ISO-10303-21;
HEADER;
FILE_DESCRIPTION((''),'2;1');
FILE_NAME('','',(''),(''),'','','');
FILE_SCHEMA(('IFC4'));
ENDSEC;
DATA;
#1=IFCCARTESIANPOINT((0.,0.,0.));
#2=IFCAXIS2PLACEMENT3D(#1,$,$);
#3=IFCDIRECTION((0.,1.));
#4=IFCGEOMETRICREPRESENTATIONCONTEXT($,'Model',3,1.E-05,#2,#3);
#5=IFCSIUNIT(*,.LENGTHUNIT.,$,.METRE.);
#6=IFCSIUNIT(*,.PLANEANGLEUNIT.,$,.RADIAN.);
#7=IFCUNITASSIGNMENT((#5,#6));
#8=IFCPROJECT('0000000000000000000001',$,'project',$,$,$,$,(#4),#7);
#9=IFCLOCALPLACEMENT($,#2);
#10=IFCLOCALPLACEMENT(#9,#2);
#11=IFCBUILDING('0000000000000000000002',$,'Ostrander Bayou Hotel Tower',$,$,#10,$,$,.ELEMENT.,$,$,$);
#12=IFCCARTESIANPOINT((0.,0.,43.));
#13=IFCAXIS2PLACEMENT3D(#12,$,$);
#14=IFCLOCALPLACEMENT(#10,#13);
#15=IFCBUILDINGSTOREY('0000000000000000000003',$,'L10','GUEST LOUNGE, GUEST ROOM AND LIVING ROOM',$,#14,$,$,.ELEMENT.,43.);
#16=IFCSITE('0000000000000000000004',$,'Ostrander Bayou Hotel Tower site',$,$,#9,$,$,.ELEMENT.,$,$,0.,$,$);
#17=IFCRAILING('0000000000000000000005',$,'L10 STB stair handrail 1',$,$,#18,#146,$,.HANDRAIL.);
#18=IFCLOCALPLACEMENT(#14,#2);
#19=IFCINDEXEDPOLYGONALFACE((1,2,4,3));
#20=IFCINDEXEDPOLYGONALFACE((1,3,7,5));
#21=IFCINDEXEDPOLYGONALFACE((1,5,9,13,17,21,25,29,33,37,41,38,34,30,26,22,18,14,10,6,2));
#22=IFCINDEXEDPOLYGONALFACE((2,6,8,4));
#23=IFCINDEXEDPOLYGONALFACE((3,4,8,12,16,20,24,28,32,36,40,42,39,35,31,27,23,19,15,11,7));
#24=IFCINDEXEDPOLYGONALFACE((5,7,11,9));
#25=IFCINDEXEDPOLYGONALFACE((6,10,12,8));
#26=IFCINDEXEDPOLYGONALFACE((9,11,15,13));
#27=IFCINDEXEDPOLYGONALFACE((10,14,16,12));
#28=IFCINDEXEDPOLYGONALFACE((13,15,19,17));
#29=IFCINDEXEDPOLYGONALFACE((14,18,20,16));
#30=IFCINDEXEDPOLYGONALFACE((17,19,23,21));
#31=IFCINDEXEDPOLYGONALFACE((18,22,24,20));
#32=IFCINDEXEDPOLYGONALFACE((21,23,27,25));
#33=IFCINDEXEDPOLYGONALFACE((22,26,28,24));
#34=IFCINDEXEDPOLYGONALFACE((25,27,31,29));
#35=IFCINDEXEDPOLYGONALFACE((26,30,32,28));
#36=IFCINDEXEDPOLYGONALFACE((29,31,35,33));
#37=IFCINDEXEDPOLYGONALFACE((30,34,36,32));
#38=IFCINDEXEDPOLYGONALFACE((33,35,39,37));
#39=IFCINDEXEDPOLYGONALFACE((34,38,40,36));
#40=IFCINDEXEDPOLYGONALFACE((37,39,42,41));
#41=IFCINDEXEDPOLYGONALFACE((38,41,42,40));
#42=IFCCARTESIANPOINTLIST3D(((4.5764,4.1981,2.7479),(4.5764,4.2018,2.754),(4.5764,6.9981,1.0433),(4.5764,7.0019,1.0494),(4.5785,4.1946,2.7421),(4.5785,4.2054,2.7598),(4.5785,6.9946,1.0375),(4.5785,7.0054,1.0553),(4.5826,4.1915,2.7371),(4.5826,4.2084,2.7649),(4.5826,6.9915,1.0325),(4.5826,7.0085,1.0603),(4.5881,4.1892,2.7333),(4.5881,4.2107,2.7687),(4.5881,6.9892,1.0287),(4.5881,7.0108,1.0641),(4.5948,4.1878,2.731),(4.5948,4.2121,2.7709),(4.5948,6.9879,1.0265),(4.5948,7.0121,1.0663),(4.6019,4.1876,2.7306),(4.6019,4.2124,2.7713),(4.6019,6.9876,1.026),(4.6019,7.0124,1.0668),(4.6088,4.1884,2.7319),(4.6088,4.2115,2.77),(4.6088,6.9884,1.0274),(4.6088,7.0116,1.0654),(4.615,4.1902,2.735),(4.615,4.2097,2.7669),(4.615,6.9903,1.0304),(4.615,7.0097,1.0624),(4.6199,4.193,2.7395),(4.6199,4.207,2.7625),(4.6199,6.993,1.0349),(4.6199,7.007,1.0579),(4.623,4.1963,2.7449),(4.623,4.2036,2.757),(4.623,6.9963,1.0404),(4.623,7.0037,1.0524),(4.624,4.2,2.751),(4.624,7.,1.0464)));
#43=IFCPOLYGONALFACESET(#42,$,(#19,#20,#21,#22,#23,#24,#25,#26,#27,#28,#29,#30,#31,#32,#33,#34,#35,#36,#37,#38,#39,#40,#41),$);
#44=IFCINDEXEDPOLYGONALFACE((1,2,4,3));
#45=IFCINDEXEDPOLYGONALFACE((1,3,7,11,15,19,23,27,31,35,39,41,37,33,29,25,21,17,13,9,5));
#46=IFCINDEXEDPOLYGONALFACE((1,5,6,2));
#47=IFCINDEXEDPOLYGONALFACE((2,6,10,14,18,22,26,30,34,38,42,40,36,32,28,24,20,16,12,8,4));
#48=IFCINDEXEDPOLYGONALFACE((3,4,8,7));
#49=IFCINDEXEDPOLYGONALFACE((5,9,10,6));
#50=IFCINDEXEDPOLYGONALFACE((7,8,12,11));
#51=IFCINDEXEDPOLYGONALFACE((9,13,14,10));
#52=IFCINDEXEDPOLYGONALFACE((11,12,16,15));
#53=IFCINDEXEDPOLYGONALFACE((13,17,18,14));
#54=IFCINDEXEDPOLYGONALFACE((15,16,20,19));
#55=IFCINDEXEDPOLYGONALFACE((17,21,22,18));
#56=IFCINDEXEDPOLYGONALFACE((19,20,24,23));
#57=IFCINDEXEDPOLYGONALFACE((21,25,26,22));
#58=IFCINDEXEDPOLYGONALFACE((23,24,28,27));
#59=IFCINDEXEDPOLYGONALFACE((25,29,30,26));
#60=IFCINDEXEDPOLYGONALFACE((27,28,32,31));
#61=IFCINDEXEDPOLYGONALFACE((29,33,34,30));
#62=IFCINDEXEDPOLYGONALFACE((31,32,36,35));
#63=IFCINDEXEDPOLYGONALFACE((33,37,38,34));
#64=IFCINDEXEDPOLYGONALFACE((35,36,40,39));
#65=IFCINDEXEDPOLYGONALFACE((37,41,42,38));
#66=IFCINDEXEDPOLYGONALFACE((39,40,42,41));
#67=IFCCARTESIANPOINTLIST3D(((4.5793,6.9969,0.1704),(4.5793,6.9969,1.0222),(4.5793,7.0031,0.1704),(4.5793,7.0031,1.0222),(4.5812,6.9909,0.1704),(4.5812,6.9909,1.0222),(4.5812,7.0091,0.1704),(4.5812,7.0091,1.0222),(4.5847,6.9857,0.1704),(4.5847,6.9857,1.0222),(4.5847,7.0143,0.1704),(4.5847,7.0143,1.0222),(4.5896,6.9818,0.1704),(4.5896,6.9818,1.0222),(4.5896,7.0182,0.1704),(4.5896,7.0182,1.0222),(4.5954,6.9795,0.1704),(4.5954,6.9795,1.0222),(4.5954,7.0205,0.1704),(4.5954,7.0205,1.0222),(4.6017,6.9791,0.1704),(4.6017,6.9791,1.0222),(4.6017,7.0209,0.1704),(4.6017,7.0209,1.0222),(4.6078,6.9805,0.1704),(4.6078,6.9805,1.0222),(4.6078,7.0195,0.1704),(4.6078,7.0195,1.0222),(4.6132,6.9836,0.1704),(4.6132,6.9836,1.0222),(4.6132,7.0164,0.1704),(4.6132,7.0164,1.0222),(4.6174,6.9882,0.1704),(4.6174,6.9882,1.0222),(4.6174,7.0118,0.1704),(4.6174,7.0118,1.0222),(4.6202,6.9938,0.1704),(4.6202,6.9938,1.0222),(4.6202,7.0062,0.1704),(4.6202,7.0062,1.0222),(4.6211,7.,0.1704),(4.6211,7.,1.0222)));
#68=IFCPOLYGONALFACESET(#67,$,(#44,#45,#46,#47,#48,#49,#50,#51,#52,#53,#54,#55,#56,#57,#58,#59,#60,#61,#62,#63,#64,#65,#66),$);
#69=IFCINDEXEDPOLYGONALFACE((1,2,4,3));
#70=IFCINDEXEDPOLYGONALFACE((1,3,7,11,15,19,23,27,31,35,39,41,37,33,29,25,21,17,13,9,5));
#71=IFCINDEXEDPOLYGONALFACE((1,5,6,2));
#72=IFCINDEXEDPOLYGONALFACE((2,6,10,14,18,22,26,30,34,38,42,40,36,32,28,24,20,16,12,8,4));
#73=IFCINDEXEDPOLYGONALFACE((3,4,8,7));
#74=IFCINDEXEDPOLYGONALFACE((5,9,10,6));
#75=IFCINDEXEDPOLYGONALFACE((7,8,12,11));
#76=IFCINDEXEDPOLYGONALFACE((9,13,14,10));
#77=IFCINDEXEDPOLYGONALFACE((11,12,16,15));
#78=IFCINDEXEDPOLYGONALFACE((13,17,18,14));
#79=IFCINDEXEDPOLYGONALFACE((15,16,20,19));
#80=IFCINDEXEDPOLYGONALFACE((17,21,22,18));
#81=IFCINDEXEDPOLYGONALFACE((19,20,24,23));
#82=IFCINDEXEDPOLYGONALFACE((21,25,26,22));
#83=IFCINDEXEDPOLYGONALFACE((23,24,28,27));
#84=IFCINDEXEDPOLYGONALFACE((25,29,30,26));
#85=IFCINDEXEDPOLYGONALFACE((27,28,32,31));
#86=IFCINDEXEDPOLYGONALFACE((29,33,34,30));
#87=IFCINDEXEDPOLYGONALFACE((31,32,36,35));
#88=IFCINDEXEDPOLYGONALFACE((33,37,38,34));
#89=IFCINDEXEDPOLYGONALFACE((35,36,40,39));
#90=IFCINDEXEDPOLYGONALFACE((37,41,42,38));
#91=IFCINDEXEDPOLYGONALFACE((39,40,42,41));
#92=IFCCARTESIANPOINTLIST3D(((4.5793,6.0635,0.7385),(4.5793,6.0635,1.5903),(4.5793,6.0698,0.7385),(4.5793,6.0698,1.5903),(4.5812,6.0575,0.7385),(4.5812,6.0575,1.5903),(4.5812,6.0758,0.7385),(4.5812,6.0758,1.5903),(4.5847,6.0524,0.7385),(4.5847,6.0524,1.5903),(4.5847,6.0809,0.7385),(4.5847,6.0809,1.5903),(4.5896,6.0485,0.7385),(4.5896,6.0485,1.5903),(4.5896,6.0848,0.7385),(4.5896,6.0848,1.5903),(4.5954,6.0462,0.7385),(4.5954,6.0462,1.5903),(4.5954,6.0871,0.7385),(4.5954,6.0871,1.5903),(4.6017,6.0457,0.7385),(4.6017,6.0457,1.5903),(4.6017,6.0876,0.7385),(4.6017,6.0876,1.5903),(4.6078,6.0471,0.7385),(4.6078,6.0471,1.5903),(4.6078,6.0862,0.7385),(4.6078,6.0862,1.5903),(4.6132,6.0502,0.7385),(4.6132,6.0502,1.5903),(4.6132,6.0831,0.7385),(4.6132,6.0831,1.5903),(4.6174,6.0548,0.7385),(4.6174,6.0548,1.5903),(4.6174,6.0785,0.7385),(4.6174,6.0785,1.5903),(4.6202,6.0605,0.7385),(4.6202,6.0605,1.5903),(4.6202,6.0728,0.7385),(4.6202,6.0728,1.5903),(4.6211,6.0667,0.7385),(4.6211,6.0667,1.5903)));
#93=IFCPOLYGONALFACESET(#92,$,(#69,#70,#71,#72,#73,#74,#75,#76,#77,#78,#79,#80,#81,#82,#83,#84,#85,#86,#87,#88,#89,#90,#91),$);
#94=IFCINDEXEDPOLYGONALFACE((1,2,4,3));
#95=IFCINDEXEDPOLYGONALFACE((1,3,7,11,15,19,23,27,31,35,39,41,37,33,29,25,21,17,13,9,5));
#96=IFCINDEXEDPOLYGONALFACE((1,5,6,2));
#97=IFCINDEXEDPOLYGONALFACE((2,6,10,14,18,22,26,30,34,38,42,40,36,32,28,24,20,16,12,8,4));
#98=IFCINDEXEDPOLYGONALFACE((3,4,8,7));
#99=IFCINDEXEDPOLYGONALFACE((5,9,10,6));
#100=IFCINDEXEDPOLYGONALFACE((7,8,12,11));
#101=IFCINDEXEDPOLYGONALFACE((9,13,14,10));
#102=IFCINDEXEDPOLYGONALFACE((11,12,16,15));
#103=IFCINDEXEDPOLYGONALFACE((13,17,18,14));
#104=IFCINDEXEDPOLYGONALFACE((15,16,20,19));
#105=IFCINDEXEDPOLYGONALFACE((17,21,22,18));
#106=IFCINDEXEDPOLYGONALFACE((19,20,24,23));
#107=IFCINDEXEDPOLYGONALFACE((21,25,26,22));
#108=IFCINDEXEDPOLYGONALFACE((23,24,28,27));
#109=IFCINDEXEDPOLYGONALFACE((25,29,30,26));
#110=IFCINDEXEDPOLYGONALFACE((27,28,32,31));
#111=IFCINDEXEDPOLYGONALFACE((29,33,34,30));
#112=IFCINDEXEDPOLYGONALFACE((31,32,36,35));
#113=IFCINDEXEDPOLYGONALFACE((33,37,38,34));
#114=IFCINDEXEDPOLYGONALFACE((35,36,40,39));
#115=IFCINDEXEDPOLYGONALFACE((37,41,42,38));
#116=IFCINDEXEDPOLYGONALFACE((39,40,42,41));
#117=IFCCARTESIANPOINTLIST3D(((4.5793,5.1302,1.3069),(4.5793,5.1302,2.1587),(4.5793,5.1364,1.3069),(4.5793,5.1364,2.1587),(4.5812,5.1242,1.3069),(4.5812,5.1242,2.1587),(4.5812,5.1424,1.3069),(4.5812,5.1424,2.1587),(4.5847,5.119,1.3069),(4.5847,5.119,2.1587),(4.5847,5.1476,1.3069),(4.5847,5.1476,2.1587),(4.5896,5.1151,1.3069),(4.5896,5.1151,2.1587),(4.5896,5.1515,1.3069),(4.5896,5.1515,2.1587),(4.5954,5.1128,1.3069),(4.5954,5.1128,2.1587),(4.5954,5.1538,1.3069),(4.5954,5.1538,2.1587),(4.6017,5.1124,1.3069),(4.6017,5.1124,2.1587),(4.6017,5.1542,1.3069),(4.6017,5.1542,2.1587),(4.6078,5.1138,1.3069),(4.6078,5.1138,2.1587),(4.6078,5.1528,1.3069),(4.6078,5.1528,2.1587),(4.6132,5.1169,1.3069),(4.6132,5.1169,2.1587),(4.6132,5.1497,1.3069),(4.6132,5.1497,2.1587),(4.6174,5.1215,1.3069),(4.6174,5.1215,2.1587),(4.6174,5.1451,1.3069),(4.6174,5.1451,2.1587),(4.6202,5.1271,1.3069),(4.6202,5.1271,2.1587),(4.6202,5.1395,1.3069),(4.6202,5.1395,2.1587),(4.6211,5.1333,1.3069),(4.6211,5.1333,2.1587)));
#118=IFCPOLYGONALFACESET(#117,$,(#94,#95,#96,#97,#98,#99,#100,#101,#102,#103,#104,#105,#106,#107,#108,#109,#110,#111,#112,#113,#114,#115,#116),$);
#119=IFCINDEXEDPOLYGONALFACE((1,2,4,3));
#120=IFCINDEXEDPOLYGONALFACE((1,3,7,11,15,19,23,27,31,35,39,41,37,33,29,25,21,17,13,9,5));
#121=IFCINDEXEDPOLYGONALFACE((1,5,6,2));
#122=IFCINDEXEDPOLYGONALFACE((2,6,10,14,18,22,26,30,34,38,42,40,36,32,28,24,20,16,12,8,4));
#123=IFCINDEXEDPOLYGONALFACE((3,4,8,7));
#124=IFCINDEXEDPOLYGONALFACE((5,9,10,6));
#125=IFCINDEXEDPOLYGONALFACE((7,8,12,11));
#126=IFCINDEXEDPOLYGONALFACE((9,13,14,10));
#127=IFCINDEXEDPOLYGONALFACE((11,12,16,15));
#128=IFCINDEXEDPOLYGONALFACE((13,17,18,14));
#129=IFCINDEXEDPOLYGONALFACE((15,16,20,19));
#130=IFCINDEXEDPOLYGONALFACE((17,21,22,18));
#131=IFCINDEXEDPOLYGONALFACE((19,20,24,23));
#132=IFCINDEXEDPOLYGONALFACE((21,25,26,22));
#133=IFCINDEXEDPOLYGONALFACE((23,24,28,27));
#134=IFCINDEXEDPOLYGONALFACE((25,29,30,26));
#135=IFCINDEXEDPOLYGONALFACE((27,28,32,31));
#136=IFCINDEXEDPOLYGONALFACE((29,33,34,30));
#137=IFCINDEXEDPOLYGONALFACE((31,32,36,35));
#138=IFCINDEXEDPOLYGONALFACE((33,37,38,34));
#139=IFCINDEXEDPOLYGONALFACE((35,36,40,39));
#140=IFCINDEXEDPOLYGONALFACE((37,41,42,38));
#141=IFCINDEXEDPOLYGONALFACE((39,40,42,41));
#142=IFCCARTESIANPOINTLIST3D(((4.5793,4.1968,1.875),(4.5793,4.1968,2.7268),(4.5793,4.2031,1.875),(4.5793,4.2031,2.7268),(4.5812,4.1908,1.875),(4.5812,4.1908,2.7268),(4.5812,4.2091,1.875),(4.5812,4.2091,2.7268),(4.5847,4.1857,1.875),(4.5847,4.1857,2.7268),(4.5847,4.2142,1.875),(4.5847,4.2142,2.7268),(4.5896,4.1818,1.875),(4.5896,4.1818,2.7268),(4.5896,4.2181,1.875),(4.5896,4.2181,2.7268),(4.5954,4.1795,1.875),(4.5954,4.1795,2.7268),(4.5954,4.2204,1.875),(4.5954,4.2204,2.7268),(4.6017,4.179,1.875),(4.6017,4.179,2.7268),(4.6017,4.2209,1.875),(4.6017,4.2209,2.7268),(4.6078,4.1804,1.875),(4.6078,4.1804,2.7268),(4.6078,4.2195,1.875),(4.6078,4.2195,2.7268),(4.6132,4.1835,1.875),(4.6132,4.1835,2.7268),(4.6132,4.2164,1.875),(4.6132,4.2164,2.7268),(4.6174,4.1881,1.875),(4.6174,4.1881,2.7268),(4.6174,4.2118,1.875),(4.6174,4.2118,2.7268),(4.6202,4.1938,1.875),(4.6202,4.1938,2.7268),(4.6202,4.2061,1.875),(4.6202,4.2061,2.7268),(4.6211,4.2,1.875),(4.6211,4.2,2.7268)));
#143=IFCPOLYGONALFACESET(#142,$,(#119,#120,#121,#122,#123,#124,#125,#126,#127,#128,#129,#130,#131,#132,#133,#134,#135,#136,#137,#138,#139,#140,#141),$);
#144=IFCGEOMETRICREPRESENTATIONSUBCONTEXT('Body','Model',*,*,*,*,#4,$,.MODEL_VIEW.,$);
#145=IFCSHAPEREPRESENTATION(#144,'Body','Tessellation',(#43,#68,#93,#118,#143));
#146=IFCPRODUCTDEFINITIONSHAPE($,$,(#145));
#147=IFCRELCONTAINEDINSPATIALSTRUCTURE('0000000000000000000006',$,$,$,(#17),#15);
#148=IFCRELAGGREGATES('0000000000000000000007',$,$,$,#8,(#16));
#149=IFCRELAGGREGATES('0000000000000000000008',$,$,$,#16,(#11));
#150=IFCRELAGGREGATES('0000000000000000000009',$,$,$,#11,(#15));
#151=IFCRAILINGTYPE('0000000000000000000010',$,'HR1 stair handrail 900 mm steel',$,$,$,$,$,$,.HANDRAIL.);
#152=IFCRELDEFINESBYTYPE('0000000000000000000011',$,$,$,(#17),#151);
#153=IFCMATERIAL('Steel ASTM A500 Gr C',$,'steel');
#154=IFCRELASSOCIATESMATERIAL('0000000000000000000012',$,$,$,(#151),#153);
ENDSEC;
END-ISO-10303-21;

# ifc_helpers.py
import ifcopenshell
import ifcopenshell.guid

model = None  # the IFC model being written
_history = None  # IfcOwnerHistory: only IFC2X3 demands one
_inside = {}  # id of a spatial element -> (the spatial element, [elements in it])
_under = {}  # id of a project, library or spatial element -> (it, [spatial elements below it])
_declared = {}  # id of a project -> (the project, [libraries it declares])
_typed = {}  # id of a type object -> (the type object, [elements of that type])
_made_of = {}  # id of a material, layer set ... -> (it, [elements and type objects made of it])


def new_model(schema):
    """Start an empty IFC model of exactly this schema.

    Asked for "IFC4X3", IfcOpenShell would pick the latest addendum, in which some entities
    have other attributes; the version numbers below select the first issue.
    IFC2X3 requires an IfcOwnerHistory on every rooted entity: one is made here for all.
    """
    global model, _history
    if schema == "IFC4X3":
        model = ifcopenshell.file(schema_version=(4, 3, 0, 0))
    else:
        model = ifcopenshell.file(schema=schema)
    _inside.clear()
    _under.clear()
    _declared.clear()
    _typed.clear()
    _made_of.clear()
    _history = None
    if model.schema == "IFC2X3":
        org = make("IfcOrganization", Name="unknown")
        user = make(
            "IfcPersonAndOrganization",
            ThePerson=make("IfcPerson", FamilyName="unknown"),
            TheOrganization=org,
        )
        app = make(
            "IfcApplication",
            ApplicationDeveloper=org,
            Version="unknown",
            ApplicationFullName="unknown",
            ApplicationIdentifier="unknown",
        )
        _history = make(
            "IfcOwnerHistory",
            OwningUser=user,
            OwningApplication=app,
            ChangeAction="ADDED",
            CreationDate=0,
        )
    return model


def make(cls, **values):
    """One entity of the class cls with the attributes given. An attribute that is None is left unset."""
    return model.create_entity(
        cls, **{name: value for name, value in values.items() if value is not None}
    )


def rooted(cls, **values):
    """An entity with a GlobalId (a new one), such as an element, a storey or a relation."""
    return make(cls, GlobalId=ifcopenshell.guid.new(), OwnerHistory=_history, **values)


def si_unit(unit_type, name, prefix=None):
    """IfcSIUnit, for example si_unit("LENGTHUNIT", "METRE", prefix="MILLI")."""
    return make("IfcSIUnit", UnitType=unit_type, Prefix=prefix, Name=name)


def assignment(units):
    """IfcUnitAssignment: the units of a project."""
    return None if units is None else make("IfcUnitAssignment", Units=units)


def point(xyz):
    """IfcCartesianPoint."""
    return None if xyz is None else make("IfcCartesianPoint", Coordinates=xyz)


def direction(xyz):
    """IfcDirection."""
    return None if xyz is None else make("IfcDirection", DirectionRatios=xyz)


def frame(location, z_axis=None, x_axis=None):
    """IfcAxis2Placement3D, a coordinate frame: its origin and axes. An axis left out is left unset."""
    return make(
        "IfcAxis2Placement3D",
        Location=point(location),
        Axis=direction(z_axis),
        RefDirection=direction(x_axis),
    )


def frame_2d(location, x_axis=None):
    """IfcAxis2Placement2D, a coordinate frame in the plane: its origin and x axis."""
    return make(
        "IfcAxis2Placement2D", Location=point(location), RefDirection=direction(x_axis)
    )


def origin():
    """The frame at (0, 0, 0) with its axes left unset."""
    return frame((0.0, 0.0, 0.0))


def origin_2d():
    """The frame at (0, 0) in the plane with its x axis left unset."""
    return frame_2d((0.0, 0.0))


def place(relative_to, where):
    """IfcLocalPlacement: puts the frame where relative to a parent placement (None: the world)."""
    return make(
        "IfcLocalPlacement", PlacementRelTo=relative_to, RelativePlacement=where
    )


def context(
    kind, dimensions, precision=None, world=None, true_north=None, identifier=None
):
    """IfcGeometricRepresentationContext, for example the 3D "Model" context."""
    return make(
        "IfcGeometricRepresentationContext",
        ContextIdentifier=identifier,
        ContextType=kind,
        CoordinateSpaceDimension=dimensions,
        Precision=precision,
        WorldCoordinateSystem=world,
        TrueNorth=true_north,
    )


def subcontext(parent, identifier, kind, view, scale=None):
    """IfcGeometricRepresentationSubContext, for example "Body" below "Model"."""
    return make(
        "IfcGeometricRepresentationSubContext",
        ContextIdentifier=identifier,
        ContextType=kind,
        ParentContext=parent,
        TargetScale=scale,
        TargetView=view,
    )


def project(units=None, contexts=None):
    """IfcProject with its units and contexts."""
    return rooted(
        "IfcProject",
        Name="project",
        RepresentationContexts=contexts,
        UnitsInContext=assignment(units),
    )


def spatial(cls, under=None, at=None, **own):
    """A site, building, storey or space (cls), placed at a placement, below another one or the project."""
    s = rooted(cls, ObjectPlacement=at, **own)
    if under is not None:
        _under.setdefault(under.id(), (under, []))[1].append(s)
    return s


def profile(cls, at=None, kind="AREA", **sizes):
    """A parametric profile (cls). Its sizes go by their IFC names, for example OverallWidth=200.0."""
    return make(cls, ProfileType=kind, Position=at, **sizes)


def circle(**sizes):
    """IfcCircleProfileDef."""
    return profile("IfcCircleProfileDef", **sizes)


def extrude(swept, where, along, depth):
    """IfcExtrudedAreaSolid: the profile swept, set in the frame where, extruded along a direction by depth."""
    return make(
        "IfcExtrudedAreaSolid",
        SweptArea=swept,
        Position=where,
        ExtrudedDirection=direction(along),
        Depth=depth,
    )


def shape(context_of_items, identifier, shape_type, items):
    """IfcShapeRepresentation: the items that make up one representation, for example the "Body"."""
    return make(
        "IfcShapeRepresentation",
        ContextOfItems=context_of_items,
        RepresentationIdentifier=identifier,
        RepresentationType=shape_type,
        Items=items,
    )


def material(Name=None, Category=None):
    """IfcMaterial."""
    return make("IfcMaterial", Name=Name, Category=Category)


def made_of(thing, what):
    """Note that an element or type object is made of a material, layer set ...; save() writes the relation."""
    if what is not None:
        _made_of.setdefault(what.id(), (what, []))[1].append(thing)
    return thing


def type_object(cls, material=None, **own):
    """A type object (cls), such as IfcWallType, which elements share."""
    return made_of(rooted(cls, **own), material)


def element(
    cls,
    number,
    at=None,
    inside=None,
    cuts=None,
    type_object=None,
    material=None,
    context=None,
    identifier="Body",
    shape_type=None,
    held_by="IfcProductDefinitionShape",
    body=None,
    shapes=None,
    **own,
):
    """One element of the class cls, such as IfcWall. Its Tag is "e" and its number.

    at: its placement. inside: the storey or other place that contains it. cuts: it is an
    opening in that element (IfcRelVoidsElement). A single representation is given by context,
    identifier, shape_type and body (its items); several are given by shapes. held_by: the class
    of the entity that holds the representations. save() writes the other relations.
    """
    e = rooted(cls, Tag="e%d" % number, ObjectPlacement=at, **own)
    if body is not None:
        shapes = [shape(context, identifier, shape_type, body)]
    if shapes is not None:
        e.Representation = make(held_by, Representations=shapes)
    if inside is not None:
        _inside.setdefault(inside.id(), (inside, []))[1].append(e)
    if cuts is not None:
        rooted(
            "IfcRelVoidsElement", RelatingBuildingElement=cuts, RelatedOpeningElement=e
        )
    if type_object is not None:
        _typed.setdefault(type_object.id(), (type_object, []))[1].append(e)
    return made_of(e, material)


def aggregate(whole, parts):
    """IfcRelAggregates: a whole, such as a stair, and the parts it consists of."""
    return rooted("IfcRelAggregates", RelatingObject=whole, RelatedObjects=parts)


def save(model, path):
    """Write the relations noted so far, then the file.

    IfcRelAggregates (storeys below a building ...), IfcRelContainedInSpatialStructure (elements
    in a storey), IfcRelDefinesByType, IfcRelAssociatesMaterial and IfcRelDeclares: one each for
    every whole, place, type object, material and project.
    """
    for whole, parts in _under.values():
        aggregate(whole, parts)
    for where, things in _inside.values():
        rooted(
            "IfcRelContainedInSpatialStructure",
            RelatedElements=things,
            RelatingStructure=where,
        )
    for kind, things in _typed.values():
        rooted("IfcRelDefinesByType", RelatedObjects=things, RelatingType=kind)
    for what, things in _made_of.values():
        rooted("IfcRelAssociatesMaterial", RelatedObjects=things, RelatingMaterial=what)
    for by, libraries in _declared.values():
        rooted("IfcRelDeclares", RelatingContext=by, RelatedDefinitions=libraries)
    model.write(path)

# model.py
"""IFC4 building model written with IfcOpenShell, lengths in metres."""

from ifc_helpers import new_model, si_unit, direction, frame, origin, origin_2d, place, context, subcontext, project, spatial, circle, extrude, material, type_object, element, save


model = new_model("IFC4")

# Units and contexts
model_context = context("Model", 3, precision=1e-05, world=origin(), true_north=direction((0.0, 1.0)))
body_context = subcontext(model_context, "Body", "Model", "MODEL_VIEW")
ifc_project = project(units=[si_unit("LENGTHUNIT", "METRE"), si_unit("PLANEANGLEUNIT", "RADIAN")], contexts=[model_context])

# Site, building, storey
site_placement = place(None, origin())
site = spatial("IfcSite", under=ifc_project, at=site_placement, Name="Ostrander Bayou Hotel Tower site", CompositionType="ELEMENT", RefElevation=0.0)
building_placement = place(site_placement, origin())
building = spatial("IfcBuilding", under=site, at=building_placement, Name="Ostrander Bayou Hotel Tower", CompositionType="ELEMENT")
storey_placement = place(building_placement, frame((0.0, 0.0, 43.0)))
storey = spatial("IfcBuildingStorey", under=building, at=storey_placement, Name="L10", Description="GUEST LOUNGE, GUEST ROOM AND LIVING ROOM", CompositionType="ELEMENT", Elevation=43.0)

# Railing
ifc_material_1 = material(Name="Steel ASTM A500 Gr C", Category="steel")
railing_type_1 = type_object("IfcRailingType", Name="HR1 stair handrail 900 mm steel", PredefinedType="HANDRAIL", material=ifc_material_1)
railing_1_placement = place(storey_placement, frame((4.6001, 7.0, 0.1704)))
element("IfcRailing", 1, at=railing_1_placement, inside=storey, type_object=railing_type_1, Name="L10 STB stair handrail 1", PredefinedType="HANDRAIL", context=body_context, shape_type="SweptSolid", body=[
    extrude(circle(Radius=0.0239, at=origin_2d()), frame((0.0, 0.0, 0.876), z_axis=(0.0, -0.85417, 0.519994), x_axis=(1.0, 0.0, 0.0)), (0.0, 0.0, 1.0), 3.2781),
    extrude(circle(Radius=0.021, at=origin_2d()), origin(), (0.0, 0.0, 1.0), 0.8518),
    extrude(circle(Radius=0.021, at=origin_2d()), frame((0.0, -0.9333, 0.5681)), (0.0, 0.0, 1.0), 0.8518),
    extrude(circle(Radius=0.021, at=origin_2d()), frame((0.0, -1.8667, 1.1365)), (0.0, 0.0, 1.0), 0.8518),
    extrude(circle(Radius=0.021, at=origin_2d()), frame((0.0, -2.8, 1.7046)), (0.0, 0.0, 1.0), 0.8518),
])

save(model, "model.ifc")
